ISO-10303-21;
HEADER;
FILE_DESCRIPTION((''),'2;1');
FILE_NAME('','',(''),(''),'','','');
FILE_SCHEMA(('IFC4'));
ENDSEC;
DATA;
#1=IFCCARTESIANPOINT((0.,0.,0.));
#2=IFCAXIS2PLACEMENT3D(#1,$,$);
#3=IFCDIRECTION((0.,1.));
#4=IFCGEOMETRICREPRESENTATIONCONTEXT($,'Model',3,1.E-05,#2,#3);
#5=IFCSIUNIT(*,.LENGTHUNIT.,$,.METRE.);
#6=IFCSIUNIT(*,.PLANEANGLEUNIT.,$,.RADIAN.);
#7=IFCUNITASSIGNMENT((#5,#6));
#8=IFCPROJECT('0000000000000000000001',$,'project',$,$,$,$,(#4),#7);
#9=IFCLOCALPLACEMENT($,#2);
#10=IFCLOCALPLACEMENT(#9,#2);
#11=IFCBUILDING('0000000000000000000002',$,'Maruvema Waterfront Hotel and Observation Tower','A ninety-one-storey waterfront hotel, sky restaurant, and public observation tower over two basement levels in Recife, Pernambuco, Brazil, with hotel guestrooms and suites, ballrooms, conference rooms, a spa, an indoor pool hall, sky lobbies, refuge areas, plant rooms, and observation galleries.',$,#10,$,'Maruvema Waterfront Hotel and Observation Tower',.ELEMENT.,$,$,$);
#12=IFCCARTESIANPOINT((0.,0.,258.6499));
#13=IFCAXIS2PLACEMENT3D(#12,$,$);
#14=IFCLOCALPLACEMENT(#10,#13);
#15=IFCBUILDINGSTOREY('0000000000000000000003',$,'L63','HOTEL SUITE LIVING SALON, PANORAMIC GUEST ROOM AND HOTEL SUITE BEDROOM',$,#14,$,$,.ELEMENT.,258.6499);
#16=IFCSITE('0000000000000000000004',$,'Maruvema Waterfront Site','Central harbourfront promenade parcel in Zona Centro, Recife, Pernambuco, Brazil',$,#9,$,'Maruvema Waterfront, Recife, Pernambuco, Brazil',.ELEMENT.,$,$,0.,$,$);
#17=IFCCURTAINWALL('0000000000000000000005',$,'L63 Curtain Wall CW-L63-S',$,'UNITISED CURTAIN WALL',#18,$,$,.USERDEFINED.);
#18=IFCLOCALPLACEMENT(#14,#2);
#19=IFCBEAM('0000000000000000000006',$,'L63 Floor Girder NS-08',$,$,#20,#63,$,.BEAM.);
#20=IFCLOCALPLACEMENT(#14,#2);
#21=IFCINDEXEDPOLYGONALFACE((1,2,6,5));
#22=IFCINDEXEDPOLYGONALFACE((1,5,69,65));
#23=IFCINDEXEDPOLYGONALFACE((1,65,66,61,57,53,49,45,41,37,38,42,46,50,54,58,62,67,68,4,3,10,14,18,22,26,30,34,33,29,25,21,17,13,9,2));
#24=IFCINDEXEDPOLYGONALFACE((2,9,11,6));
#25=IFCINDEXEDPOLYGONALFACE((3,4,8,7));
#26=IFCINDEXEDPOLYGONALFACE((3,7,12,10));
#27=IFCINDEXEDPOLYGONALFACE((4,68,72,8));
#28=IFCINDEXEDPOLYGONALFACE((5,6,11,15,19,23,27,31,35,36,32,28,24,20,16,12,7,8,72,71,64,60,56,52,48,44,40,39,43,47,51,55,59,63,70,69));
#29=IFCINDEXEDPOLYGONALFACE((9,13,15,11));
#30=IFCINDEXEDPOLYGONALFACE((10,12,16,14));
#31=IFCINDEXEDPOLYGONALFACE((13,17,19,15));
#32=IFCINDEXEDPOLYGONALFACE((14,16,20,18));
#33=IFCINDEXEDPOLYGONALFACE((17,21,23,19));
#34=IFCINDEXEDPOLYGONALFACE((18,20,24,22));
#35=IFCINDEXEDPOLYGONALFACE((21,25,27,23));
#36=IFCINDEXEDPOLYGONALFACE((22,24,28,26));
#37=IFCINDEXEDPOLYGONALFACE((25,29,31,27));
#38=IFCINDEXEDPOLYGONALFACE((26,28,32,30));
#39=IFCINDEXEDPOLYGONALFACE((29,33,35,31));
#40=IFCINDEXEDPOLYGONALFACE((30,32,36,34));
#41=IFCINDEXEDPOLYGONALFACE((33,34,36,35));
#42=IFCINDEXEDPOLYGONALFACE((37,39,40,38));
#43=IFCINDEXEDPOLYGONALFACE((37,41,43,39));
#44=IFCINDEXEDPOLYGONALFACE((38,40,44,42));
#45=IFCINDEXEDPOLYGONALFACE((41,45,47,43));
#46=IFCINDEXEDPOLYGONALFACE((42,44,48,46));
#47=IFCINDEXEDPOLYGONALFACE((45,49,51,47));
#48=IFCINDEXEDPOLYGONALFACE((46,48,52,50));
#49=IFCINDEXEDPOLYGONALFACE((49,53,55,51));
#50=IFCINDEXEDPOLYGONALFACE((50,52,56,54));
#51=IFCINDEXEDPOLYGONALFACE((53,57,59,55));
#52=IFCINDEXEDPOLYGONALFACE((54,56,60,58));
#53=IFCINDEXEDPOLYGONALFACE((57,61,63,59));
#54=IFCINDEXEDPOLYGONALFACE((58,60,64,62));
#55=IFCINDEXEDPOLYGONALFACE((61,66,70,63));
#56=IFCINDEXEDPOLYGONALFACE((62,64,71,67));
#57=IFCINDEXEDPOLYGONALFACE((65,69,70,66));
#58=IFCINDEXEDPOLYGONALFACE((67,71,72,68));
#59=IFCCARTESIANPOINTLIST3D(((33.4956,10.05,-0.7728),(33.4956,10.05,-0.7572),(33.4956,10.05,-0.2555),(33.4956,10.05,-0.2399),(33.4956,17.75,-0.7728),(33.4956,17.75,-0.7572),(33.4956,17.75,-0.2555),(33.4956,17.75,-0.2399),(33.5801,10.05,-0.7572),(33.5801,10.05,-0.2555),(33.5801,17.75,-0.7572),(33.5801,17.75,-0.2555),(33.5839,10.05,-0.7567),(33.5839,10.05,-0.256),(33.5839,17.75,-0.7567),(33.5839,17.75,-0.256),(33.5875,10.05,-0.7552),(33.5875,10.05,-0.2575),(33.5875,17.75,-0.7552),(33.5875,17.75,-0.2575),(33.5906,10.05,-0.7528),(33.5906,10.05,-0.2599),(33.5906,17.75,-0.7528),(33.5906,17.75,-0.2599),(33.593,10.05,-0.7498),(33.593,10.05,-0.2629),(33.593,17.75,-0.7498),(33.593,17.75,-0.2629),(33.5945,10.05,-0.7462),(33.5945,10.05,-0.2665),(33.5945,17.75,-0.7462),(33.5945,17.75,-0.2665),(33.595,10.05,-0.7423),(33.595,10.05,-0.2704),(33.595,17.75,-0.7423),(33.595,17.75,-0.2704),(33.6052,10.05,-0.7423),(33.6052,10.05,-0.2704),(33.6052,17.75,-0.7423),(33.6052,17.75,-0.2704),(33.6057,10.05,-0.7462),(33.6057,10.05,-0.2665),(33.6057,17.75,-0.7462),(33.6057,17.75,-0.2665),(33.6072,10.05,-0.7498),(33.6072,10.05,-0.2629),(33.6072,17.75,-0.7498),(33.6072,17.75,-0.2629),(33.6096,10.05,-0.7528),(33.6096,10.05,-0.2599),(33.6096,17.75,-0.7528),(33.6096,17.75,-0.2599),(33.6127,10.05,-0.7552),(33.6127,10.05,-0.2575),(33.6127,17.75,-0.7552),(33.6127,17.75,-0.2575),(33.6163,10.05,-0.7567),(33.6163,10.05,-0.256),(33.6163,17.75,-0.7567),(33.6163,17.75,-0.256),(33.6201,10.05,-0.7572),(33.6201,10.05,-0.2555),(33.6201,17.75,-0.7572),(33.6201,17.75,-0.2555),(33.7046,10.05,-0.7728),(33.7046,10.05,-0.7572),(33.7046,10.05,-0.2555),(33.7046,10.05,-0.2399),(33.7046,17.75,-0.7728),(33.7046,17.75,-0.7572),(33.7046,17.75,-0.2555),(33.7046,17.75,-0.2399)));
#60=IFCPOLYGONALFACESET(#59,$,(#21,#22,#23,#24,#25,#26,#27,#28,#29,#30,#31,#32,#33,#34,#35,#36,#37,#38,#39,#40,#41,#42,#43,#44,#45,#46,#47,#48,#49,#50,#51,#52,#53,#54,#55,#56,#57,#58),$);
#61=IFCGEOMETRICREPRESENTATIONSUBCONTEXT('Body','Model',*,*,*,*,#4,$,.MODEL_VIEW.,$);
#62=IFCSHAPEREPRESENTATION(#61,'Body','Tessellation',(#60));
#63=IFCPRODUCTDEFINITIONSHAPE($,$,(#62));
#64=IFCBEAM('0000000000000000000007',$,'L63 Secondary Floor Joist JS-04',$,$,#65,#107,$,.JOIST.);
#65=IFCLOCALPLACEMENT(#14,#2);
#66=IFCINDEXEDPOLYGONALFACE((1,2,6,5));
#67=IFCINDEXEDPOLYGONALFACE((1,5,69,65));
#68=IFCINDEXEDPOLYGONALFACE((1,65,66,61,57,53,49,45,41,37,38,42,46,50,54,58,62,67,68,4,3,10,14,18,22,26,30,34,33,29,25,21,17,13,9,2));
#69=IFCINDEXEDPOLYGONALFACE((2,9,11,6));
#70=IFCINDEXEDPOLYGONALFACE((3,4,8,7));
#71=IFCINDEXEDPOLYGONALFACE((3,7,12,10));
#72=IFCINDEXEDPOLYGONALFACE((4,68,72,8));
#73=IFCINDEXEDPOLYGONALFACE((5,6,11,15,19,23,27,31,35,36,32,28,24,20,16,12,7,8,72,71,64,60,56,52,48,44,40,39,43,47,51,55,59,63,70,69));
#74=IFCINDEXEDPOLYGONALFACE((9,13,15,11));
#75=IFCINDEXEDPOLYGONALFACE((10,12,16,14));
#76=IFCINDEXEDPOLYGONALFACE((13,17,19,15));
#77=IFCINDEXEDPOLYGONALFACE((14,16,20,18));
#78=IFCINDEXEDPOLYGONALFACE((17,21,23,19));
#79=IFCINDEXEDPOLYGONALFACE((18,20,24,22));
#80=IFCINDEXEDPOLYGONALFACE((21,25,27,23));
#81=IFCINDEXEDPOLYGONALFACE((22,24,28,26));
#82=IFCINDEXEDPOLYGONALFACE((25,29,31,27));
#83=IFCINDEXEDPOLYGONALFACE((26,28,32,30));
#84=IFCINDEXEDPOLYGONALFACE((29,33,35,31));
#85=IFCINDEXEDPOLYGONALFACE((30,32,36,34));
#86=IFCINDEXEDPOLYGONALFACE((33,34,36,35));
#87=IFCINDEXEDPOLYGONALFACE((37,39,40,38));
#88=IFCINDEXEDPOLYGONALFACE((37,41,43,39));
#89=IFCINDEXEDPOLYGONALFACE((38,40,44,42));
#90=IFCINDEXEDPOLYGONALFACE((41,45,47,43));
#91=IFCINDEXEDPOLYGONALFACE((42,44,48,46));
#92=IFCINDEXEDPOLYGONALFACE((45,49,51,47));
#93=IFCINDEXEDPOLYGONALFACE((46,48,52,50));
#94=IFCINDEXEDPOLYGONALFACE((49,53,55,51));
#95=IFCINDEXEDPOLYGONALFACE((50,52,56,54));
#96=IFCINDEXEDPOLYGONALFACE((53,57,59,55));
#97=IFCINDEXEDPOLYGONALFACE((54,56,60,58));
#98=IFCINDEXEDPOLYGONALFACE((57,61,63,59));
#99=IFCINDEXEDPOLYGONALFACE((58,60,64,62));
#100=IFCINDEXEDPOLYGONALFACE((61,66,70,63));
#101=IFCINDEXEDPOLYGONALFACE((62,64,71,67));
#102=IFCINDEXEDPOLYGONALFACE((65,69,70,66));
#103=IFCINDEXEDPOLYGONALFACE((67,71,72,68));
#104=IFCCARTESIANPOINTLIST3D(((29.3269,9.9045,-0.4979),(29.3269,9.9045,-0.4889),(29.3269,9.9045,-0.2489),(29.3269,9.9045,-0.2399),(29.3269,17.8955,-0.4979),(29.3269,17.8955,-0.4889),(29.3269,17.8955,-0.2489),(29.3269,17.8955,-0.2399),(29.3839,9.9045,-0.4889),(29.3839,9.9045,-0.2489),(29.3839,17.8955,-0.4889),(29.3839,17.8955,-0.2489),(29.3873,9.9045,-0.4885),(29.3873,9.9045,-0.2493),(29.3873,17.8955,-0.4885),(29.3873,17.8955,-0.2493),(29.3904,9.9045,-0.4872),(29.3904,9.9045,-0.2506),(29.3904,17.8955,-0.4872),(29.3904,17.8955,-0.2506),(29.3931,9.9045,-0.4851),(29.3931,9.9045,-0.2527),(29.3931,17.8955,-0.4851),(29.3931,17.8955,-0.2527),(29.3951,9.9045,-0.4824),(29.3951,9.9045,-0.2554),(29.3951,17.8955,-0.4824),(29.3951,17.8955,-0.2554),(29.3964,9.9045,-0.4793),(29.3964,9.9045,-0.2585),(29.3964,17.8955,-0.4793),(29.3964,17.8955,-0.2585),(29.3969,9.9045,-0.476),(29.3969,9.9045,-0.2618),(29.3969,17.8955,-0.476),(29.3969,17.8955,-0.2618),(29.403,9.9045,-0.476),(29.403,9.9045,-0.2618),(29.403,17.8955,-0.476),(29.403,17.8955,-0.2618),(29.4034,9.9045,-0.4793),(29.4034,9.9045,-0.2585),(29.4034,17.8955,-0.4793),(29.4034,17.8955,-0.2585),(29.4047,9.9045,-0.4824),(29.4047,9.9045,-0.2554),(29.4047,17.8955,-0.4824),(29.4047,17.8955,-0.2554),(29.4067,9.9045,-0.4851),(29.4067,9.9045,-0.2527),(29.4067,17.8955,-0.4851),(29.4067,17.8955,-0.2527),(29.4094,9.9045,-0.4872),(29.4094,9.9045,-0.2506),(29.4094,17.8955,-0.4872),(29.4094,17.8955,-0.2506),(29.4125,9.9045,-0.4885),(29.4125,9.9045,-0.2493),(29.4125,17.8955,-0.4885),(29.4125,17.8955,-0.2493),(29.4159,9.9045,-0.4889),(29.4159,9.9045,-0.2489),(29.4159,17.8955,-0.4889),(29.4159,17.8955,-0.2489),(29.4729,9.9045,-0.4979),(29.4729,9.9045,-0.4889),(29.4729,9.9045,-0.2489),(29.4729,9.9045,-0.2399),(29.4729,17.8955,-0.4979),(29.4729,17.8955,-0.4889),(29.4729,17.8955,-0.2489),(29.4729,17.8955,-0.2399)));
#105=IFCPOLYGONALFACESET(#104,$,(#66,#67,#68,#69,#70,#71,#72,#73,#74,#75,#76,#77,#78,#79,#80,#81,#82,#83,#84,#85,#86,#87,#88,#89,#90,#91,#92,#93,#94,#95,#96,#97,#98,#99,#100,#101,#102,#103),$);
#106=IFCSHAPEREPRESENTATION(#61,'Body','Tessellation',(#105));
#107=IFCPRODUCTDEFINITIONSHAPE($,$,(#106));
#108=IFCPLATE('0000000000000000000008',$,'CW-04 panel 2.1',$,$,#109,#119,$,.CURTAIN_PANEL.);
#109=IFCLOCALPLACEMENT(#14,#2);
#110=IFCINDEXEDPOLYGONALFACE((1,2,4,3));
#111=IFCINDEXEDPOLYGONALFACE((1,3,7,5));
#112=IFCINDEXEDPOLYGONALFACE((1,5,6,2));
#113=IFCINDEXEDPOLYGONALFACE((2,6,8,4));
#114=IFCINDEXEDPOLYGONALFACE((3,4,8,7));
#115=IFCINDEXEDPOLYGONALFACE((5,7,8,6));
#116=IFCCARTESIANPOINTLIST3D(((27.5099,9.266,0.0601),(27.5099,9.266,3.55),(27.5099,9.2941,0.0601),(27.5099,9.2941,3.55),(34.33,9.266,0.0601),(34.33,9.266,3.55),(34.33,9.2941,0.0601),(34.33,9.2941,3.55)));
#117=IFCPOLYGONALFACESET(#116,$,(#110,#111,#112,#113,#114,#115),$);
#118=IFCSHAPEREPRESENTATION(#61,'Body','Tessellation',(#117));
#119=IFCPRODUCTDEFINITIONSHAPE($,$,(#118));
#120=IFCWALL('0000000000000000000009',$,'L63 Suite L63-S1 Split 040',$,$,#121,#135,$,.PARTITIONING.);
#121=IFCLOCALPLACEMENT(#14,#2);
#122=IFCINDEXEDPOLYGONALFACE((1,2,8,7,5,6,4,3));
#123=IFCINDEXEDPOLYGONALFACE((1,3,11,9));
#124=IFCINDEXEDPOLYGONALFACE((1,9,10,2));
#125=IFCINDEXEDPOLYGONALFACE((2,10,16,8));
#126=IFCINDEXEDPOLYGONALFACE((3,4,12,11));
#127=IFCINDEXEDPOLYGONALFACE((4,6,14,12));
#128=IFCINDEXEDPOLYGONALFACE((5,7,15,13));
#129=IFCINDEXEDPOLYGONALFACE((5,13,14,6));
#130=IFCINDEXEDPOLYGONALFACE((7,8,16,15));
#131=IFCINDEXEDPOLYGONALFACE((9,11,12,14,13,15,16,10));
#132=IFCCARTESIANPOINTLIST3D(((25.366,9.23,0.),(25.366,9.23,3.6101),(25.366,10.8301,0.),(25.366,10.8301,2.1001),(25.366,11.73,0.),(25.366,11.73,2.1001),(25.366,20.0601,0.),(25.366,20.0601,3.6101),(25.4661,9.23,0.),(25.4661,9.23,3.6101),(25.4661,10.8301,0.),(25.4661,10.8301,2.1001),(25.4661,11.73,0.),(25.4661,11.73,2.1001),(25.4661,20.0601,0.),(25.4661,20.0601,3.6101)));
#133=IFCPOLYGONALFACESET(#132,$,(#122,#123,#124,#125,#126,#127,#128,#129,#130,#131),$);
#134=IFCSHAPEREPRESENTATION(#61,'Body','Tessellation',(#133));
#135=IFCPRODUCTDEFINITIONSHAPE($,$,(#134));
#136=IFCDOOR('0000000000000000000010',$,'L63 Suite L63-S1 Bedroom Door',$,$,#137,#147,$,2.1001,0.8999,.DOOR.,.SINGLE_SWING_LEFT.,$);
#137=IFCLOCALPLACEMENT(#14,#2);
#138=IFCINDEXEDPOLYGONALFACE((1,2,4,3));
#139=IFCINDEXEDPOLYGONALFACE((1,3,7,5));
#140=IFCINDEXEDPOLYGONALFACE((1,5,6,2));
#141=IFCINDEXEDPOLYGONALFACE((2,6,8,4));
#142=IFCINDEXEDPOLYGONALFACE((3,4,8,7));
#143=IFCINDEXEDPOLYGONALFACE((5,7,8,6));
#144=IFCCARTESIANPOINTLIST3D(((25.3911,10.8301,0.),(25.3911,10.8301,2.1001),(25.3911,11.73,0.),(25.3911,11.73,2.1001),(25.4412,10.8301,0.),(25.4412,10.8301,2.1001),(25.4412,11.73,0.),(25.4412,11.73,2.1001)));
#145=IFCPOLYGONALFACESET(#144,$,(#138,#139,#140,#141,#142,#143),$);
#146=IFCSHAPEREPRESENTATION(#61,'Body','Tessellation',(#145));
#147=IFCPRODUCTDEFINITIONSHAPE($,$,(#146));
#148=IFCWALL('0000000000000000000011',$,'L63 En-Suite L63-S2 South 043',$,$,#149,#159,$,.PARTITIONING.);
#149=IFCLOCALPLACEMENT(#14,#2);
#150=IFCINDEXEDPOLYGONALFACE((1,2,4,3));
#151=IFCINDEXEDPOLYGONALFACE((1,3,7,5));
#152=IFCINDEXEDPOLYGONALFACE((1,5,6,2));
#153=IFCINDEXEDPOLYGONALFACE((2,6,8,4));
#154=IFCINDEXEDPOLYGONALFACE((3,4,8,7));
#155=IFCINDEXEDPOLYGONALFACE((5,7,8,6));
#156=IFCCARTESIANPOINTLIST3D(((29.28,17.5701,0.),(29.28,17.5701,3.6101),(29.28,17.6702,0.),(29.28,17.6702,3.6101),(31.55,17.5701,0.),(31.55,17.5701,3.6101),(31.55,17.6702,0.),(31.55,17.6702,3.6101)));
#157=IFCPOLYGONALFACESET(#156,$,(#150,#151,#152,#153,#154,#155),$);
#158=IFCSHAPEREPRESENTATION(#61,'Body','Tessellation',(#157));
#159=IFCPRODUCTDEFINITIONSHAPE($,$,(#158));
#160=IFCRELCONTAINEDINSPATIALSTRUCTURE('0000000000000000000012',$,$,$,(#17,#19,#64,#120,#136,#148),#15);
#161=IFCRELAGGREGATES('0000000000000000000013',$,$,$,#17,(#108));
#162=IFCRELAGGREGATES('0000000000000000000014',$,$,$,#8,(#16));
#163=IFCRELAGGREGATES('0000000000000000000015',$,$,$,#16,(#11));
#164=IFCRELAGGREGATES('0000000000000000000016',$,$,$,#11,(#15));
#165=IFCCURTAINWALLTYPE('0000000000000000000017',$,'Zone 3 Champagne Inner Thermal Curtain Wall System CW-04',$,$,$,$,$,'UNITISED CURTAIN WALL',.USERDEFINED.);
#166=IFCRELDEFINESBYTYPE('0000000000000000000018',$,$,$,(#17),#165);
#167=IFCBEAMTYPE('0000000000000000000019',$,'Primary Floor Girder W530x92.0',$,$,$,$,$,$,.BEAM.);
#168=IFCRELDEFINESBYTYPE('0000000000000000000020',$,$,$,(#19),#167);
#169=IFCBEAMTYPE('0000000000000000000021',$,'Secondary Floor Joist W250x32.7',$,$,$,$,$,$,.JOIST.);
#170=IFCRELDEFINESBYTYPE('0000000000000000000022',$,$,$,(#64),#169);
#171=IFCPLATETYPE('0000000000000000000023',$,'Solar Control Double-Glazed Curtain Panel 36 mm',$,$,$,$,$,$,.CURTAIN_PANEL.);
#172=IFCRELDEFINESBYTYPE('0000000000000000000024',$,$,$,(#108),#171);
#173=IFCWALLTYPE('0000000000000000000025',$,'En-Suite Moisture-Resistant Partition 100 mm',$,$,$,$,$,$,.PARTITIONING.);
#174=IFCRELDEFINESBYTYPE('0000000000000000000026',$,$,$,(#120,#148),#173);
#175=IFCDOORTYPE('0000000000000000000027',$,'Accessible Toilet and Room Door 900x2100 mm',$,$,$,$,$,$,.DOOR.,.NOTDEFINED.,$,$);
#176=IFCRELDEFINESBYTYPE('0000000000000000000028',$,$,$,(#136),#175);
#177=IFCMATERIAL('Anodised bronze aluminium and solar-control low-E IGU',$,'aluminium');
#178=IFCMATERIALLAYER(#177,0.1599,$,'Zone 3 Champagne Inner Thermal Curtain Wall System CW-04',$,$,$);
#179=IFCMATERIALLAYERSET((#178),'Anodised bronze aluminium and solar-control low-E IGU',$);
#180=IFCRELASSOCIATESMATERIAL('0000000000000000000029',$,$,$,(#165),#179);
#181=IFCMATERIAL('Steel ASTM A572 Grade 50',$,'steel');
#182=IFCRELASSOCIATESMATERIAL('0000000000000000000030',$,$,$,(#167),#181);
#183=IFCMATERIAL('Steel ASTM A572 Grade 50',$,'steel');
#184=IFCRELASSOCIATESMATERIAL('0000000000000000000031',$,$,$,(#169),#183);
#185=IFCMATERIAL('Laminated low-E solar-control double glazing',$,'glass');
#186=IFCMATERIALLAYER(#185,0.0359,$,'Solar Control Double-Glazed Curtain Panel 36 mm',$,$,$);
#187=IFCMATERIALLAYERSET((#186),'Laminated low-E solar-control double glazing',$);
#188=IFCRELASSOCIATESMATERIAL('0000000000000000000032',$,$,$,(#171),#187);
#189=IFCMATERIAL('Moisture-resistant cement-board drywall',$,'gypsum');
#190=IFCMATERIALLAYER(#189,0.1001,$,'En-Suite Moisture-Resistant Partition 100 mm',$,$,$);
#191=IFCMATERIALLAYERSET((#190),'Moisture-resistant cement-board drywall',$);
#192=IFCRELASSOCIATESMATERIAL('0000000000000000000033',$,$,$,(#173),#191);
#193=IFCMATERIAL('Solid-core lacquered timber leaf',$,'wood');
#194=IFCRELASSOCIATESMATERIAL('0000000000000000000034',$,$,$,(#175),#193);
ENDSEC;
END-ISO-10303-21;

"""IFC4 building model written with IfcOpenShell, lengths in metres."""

from ifc_helpers import new_model, si_unit, direction, frame, frame_2d, origin, origin_2d, place, context, subcontext, project, spatial, rectangle, i_section, extrude, material, layer, layer_set, material_profile, profile_set, type_object, element, fill, aggregate, save


model = new_model("IFC4")

# Units and contexts
model_context = context("Model", 3, precision=1e-05, world=origin(), true_north=direction((0.0, 1.0)))
body_context = subcontext(model_context, "Body", "Model", "MODEL_VIEW")
ifc_project = project(units=[si_unit("LENGTHUNIT", "METRE"), si_unit("PLANEANGLEUNIT", "RADIAN")], contexts=[model_context])

# Site, building, storey
site_placement = place(None, origin())
site = spatial("IfcSite", under=ifc_project, at=site_placement, Name="Maruvema Waterfront Site", Description="Central harbourfront promenade parcel in Zona Centro, Recife, Pernambuco, Brazil", LongName="Maruvema Waterfront, Recife, Pernambuco, Brazil", CompositionType="ELEMENT", RefElevation=0.0)
building_placement = place(site_placement, origin())
building = spatial("IfcBuilding", under=site, at=building_placement, Name="Maruvema Waterfront Hotel and Observation Tower", Description="A ninety-one-storey waterfront hotel, sky restaurant, and public observation tower over two basement levels in Recife, Pernambuco, Brazil, with hotel guestrooms and suites, ballrooms, conference rooms, a spa, an indoor pool hall, sky lobbies, refuge areas, plant rooms, and observation galleries.", LongName="Maruvema Waterfront Hotel and Observation Tower", CompositionType="ELEMENT")
storey_placement = place(building_placement, frame((0.0, 0.0, 258.6499)))
storey = spatial("IfcBuildingStorey", under=building, at=storey_placement, Name="L63", Description="HOTEL SUITE LIVING SALON, PANORAMIC GUEST ROOM AND HOTEL SUITE BEDROOM", CompositionType="ELEMENT", Elevation=258.6499)

# Curtain wall
ifc_material_1 = material(Name="Anodised bronze aluminium and solar-control low-E IGU", Category="aluminium")
ifc_layer_1 = layer(ifc_material_1, 0.1599, Name="Zone 3 Champagne Inner Thermal Curtain Wall System CW-04")
ifc_layer_set_1 = layer_set([ifc_layer_1], Name="Anodised bronze aluminium and solar-control low-E IGU")
curtain_wall_type = type_object("IfcCurtainWallType", Name="Zone 3 Champagne Inner Thermal Curtain Wall System CW-04", ElementType="UNITISED CURTAIN WALL", PredefinedType="USERDEFINED", material=ifc_layer_set_1)
curtain_wall_placement = place(storey_placement, origin())
curtain_wall = element("IfcCurtainWall", 1, at=curtain_wall_placement, inside=storey, type_object=curtain_wall_type, Name="L63 Curtain Wall CW-L63-S", ObjectType="UNITISED CURTAIN WALL", PredefinedType="USERDEFINED")

# Beams
ifc_material_2 = material(Name="Steel ASTM A572 Grade 50", Category="steel")
ifc_material_profile_1 = material_profile(ifc_material_2, i_section(OverallWidth=0.209, OverallDepth=0.533, WebThickness=0.0103, FlangeThickness=0.0156, FilletRadius=0.0149, at=origin_2d()), Name="W530x92.0")
ifc_profile_set_1 = profile_set([ifc_material_profile_1], Name="Steel ASTM A572 Grade 50")
beam_type_1 = type_object("IfcBeamType", Name="Primary Floor Girder W530x92.0", PredefinedType="BEAM", material=ifc_profile_set_1)
beam_1_placement = place(storey_placement, frame((33.6001, 10.05, -0.5063), z_axis=(0.0, 1.0, 0.0), x_axis=(-1.0, 0.0, 0.0)))
element("IfcBeam", 2, at=beam_1_placement, inside=storey, type_object=beam_type_1, Name="L63 Floor Girder NS-08", PredefinedType="BEAM", context=body_context, shape_type="SweptSolid", body=[
    extrude(i_section(OverallWidth=0.209, OverallDepth=0.533, WebThickness=0.0103, FlangeThickness=0.0156, FilletRadius=0.0149, at=origin_2d()), origin(), (0.0, 0.0, 1.0), 7.7),
])
ifc_material_3 = material(Name="Steel ASTM A572 Grade 50", Category="steel")
ifc_material_profile_2 = material_profile(ifc_material_3, i_section(OverallWidth=0.146, OverallDepth=0.2581, WebThickness=0.0061, FlangeThickness=0.009, FilletRadius=0.0129, at=origin_2d()), Name="W250x32.7")
ifc_profile_set_2 = profile_set([ifc_material_profile_2], Name="Steel ASTM A572 Grade 50")
beam_type_2 = type_object("IfcBeamType", Name="Secondary Floor Joist W250x32.7", PredefinedType="JOIST", material=ifc_profile_set_2)
beam_2_placement = place(storey_placement, frame((29.3999, 9.9045, -0.3689), z_axis=(0.0, 1.0, 0.0), x_axis=(-1.0, 0.0, 0.0)))
element("IfcBeam", 3, at=beam_2_placement, inside=storey, type_object=beam_type_2, Name="L63 Secondary Floor Joist JS-04", PredefinedType="JOIST", context=body_context, shape_type="SweptSolid", body=[
    extrude(i_section(OverallWidth=0.146, OverallDepth=0.2581, WebThickness=0.0061, FlangeThickness=0.009, FilletRadius=0.0129, at=origin_2d()), origin(), (0.0, 0.0, 1.0), 7.991),
])

# Plate
ifc_material_4 = material(Name="Laminated low-E solar-control double glazing", Category="glass")
ifc_layer_2 = layer(ifc_material_4, 0.0359, Name="Solar Control Double-Glazed Curtain Panel 36 mm")
ifc_layer_set_2 = layer_set([ifc_layer_2], Name="Laminated low-E solar-control double glazing")
plate_type = type_object("IfcPlateType", Name="Solar Control Double-Glazed Curtain Panel 36 mm", PredefinedType="CURTAIN_PANEL", material=ifc_layer_set_2)
plate_placement = place(storey_placement, frame((30.9199, 9.28, 0.0601), z_axis=(0.0, 0.0, 1.0), x_axis=(1.0, 0.0, 0.0)))
plate = element("IfcPlate", 4, at=plate_placement, type_object=plate_type, Name="CW-04 panel 2.1", PredefinedType="CURTAIN_PANEL", context=body_context, shape_type="SweptSolid", body=[
    extrude(rectangle(XDim=6.8201, YDim=0.0281, at=origin_2d()), origin(), (0.0, 0.0, 1.0), 3.49),
])
aggregate(curtain_wall, [plate])

# Wall, opening, door
ifc_material_5 = material(Name="Moisture-resistant cement-board drywall", Category="gypsum")
ifc_layer_3 = layer(ifc_material_5, 0.1001, Name="En-Suite Moisture-Resistant Partition 100 mm")
ifc_layer_set_3 = layer_set([ifc_layer_3], Name="Moisture-resistant cement-board drywall")
wall_type_1 = type_object("IfcWallType", Name="En-Suite Moisture-Resistant Partition 100 mm", PredefinedType="PARTITIONING", material=ifc_layer_set_3)
wall_1_placement = place(storey_placement, frame((25.416, 9.23, 0.0), z_axis=(0.0, 0.0, 1.0), x_axis=(0.0, 1.0, 0.0)))
wall_1 = element("IfcWall", 5, at=wall_1_placement, inside=storey, type_object=wall_type_1, Name="L63 Suite L63-S1 Split 040", PredefinedType="PARTITIONING", context=body_context, shape_type="SweptSolid", body=[
    extrude(rectangle(XDim=10.8301, YDim=0.1001, at=frame_2d((5.415, 0.0))), origin(), (0.0, 0.0, 1.0), 3.6101),
])
opening_1_placement = place(wall_1_placement, frame((1.6001, 0.0, 0.0)))
opening_1 = element("IfcOpeningElement", 6, at=opening_1_placement, cuts=wall_1, PredefinedType="OPENING", context=body_context, shape_type="SweptSolid", body=[
    extrude(rectangle(XDim=0.8999, YDim=2.1001, at=frame_2d((0.45, 1.05))), frame((0.0, 0.0601, 0.0), z_axis=(0.0, -1.0, 0.0), x_axis=(1.0, 0.0, 0.0)), (0.0, 0.0, 1.0), 0.1201),
])
ifc_material_6 = material(Name="Solid-core lacquered timber leaf", Category="wood")
door_type_1 = type_object("IfcDoorType", Name="Accessible Toilet and Room Door 900x2100 mm", OperationType="NOTDEFINED", PredefinedType="DOOR", material=ifc_material_6)
door_1_placement = place(opening_1_placement, origin())
door_1 = element("IfcDoor", 7, at=door_1_placement, inside=storey, type_object=door_type_1, Name="L63 Suite L63-S1 Bedroom Door", OperationType="SINGLE_SWING_LEFT", OverallHeight=2.1001, OverallWidth=0.8999, PredefinedType="DOOR", context=body_context, shape_type="SweptSolid", body=[
    extrude(rectangle(XDim=0.8999, YDim=2.1001, at=frame_2d((0.45, 1.05))), frame((0.0, 0.0249, 0.0), z_axis=(0.0, -1.0, 0.0), x_axis=(1.0, 0.0, 0.0)), (0.0, 0.0, 1.0), 0.05),
])
fill(opening_1, door_1)

# Wall
wall_2_placement = place(storey_placement, frame((29.28, 17.6201, 0.0), z_axis=(0.0, 0.0, 1.0), x_axis=(1.0, 0.0, 0.0)))
element("IfcWall", 8, at=wall_2_placement, inside=storey, type_object=wall_type_1, Name="L63 En-Suite L63-S2 South 043", PredefinedType="PARTITIONING", context=body_context, shape_type="SweptSolid", body=[
    extrude(rectangle(XDim=2.27, YDim=0.1001, at=frame_2d((1.135, 0.0))), origin(), (0.0, 0.0, 1.0), 3.6101),
])

save(model, "model.ifc")
